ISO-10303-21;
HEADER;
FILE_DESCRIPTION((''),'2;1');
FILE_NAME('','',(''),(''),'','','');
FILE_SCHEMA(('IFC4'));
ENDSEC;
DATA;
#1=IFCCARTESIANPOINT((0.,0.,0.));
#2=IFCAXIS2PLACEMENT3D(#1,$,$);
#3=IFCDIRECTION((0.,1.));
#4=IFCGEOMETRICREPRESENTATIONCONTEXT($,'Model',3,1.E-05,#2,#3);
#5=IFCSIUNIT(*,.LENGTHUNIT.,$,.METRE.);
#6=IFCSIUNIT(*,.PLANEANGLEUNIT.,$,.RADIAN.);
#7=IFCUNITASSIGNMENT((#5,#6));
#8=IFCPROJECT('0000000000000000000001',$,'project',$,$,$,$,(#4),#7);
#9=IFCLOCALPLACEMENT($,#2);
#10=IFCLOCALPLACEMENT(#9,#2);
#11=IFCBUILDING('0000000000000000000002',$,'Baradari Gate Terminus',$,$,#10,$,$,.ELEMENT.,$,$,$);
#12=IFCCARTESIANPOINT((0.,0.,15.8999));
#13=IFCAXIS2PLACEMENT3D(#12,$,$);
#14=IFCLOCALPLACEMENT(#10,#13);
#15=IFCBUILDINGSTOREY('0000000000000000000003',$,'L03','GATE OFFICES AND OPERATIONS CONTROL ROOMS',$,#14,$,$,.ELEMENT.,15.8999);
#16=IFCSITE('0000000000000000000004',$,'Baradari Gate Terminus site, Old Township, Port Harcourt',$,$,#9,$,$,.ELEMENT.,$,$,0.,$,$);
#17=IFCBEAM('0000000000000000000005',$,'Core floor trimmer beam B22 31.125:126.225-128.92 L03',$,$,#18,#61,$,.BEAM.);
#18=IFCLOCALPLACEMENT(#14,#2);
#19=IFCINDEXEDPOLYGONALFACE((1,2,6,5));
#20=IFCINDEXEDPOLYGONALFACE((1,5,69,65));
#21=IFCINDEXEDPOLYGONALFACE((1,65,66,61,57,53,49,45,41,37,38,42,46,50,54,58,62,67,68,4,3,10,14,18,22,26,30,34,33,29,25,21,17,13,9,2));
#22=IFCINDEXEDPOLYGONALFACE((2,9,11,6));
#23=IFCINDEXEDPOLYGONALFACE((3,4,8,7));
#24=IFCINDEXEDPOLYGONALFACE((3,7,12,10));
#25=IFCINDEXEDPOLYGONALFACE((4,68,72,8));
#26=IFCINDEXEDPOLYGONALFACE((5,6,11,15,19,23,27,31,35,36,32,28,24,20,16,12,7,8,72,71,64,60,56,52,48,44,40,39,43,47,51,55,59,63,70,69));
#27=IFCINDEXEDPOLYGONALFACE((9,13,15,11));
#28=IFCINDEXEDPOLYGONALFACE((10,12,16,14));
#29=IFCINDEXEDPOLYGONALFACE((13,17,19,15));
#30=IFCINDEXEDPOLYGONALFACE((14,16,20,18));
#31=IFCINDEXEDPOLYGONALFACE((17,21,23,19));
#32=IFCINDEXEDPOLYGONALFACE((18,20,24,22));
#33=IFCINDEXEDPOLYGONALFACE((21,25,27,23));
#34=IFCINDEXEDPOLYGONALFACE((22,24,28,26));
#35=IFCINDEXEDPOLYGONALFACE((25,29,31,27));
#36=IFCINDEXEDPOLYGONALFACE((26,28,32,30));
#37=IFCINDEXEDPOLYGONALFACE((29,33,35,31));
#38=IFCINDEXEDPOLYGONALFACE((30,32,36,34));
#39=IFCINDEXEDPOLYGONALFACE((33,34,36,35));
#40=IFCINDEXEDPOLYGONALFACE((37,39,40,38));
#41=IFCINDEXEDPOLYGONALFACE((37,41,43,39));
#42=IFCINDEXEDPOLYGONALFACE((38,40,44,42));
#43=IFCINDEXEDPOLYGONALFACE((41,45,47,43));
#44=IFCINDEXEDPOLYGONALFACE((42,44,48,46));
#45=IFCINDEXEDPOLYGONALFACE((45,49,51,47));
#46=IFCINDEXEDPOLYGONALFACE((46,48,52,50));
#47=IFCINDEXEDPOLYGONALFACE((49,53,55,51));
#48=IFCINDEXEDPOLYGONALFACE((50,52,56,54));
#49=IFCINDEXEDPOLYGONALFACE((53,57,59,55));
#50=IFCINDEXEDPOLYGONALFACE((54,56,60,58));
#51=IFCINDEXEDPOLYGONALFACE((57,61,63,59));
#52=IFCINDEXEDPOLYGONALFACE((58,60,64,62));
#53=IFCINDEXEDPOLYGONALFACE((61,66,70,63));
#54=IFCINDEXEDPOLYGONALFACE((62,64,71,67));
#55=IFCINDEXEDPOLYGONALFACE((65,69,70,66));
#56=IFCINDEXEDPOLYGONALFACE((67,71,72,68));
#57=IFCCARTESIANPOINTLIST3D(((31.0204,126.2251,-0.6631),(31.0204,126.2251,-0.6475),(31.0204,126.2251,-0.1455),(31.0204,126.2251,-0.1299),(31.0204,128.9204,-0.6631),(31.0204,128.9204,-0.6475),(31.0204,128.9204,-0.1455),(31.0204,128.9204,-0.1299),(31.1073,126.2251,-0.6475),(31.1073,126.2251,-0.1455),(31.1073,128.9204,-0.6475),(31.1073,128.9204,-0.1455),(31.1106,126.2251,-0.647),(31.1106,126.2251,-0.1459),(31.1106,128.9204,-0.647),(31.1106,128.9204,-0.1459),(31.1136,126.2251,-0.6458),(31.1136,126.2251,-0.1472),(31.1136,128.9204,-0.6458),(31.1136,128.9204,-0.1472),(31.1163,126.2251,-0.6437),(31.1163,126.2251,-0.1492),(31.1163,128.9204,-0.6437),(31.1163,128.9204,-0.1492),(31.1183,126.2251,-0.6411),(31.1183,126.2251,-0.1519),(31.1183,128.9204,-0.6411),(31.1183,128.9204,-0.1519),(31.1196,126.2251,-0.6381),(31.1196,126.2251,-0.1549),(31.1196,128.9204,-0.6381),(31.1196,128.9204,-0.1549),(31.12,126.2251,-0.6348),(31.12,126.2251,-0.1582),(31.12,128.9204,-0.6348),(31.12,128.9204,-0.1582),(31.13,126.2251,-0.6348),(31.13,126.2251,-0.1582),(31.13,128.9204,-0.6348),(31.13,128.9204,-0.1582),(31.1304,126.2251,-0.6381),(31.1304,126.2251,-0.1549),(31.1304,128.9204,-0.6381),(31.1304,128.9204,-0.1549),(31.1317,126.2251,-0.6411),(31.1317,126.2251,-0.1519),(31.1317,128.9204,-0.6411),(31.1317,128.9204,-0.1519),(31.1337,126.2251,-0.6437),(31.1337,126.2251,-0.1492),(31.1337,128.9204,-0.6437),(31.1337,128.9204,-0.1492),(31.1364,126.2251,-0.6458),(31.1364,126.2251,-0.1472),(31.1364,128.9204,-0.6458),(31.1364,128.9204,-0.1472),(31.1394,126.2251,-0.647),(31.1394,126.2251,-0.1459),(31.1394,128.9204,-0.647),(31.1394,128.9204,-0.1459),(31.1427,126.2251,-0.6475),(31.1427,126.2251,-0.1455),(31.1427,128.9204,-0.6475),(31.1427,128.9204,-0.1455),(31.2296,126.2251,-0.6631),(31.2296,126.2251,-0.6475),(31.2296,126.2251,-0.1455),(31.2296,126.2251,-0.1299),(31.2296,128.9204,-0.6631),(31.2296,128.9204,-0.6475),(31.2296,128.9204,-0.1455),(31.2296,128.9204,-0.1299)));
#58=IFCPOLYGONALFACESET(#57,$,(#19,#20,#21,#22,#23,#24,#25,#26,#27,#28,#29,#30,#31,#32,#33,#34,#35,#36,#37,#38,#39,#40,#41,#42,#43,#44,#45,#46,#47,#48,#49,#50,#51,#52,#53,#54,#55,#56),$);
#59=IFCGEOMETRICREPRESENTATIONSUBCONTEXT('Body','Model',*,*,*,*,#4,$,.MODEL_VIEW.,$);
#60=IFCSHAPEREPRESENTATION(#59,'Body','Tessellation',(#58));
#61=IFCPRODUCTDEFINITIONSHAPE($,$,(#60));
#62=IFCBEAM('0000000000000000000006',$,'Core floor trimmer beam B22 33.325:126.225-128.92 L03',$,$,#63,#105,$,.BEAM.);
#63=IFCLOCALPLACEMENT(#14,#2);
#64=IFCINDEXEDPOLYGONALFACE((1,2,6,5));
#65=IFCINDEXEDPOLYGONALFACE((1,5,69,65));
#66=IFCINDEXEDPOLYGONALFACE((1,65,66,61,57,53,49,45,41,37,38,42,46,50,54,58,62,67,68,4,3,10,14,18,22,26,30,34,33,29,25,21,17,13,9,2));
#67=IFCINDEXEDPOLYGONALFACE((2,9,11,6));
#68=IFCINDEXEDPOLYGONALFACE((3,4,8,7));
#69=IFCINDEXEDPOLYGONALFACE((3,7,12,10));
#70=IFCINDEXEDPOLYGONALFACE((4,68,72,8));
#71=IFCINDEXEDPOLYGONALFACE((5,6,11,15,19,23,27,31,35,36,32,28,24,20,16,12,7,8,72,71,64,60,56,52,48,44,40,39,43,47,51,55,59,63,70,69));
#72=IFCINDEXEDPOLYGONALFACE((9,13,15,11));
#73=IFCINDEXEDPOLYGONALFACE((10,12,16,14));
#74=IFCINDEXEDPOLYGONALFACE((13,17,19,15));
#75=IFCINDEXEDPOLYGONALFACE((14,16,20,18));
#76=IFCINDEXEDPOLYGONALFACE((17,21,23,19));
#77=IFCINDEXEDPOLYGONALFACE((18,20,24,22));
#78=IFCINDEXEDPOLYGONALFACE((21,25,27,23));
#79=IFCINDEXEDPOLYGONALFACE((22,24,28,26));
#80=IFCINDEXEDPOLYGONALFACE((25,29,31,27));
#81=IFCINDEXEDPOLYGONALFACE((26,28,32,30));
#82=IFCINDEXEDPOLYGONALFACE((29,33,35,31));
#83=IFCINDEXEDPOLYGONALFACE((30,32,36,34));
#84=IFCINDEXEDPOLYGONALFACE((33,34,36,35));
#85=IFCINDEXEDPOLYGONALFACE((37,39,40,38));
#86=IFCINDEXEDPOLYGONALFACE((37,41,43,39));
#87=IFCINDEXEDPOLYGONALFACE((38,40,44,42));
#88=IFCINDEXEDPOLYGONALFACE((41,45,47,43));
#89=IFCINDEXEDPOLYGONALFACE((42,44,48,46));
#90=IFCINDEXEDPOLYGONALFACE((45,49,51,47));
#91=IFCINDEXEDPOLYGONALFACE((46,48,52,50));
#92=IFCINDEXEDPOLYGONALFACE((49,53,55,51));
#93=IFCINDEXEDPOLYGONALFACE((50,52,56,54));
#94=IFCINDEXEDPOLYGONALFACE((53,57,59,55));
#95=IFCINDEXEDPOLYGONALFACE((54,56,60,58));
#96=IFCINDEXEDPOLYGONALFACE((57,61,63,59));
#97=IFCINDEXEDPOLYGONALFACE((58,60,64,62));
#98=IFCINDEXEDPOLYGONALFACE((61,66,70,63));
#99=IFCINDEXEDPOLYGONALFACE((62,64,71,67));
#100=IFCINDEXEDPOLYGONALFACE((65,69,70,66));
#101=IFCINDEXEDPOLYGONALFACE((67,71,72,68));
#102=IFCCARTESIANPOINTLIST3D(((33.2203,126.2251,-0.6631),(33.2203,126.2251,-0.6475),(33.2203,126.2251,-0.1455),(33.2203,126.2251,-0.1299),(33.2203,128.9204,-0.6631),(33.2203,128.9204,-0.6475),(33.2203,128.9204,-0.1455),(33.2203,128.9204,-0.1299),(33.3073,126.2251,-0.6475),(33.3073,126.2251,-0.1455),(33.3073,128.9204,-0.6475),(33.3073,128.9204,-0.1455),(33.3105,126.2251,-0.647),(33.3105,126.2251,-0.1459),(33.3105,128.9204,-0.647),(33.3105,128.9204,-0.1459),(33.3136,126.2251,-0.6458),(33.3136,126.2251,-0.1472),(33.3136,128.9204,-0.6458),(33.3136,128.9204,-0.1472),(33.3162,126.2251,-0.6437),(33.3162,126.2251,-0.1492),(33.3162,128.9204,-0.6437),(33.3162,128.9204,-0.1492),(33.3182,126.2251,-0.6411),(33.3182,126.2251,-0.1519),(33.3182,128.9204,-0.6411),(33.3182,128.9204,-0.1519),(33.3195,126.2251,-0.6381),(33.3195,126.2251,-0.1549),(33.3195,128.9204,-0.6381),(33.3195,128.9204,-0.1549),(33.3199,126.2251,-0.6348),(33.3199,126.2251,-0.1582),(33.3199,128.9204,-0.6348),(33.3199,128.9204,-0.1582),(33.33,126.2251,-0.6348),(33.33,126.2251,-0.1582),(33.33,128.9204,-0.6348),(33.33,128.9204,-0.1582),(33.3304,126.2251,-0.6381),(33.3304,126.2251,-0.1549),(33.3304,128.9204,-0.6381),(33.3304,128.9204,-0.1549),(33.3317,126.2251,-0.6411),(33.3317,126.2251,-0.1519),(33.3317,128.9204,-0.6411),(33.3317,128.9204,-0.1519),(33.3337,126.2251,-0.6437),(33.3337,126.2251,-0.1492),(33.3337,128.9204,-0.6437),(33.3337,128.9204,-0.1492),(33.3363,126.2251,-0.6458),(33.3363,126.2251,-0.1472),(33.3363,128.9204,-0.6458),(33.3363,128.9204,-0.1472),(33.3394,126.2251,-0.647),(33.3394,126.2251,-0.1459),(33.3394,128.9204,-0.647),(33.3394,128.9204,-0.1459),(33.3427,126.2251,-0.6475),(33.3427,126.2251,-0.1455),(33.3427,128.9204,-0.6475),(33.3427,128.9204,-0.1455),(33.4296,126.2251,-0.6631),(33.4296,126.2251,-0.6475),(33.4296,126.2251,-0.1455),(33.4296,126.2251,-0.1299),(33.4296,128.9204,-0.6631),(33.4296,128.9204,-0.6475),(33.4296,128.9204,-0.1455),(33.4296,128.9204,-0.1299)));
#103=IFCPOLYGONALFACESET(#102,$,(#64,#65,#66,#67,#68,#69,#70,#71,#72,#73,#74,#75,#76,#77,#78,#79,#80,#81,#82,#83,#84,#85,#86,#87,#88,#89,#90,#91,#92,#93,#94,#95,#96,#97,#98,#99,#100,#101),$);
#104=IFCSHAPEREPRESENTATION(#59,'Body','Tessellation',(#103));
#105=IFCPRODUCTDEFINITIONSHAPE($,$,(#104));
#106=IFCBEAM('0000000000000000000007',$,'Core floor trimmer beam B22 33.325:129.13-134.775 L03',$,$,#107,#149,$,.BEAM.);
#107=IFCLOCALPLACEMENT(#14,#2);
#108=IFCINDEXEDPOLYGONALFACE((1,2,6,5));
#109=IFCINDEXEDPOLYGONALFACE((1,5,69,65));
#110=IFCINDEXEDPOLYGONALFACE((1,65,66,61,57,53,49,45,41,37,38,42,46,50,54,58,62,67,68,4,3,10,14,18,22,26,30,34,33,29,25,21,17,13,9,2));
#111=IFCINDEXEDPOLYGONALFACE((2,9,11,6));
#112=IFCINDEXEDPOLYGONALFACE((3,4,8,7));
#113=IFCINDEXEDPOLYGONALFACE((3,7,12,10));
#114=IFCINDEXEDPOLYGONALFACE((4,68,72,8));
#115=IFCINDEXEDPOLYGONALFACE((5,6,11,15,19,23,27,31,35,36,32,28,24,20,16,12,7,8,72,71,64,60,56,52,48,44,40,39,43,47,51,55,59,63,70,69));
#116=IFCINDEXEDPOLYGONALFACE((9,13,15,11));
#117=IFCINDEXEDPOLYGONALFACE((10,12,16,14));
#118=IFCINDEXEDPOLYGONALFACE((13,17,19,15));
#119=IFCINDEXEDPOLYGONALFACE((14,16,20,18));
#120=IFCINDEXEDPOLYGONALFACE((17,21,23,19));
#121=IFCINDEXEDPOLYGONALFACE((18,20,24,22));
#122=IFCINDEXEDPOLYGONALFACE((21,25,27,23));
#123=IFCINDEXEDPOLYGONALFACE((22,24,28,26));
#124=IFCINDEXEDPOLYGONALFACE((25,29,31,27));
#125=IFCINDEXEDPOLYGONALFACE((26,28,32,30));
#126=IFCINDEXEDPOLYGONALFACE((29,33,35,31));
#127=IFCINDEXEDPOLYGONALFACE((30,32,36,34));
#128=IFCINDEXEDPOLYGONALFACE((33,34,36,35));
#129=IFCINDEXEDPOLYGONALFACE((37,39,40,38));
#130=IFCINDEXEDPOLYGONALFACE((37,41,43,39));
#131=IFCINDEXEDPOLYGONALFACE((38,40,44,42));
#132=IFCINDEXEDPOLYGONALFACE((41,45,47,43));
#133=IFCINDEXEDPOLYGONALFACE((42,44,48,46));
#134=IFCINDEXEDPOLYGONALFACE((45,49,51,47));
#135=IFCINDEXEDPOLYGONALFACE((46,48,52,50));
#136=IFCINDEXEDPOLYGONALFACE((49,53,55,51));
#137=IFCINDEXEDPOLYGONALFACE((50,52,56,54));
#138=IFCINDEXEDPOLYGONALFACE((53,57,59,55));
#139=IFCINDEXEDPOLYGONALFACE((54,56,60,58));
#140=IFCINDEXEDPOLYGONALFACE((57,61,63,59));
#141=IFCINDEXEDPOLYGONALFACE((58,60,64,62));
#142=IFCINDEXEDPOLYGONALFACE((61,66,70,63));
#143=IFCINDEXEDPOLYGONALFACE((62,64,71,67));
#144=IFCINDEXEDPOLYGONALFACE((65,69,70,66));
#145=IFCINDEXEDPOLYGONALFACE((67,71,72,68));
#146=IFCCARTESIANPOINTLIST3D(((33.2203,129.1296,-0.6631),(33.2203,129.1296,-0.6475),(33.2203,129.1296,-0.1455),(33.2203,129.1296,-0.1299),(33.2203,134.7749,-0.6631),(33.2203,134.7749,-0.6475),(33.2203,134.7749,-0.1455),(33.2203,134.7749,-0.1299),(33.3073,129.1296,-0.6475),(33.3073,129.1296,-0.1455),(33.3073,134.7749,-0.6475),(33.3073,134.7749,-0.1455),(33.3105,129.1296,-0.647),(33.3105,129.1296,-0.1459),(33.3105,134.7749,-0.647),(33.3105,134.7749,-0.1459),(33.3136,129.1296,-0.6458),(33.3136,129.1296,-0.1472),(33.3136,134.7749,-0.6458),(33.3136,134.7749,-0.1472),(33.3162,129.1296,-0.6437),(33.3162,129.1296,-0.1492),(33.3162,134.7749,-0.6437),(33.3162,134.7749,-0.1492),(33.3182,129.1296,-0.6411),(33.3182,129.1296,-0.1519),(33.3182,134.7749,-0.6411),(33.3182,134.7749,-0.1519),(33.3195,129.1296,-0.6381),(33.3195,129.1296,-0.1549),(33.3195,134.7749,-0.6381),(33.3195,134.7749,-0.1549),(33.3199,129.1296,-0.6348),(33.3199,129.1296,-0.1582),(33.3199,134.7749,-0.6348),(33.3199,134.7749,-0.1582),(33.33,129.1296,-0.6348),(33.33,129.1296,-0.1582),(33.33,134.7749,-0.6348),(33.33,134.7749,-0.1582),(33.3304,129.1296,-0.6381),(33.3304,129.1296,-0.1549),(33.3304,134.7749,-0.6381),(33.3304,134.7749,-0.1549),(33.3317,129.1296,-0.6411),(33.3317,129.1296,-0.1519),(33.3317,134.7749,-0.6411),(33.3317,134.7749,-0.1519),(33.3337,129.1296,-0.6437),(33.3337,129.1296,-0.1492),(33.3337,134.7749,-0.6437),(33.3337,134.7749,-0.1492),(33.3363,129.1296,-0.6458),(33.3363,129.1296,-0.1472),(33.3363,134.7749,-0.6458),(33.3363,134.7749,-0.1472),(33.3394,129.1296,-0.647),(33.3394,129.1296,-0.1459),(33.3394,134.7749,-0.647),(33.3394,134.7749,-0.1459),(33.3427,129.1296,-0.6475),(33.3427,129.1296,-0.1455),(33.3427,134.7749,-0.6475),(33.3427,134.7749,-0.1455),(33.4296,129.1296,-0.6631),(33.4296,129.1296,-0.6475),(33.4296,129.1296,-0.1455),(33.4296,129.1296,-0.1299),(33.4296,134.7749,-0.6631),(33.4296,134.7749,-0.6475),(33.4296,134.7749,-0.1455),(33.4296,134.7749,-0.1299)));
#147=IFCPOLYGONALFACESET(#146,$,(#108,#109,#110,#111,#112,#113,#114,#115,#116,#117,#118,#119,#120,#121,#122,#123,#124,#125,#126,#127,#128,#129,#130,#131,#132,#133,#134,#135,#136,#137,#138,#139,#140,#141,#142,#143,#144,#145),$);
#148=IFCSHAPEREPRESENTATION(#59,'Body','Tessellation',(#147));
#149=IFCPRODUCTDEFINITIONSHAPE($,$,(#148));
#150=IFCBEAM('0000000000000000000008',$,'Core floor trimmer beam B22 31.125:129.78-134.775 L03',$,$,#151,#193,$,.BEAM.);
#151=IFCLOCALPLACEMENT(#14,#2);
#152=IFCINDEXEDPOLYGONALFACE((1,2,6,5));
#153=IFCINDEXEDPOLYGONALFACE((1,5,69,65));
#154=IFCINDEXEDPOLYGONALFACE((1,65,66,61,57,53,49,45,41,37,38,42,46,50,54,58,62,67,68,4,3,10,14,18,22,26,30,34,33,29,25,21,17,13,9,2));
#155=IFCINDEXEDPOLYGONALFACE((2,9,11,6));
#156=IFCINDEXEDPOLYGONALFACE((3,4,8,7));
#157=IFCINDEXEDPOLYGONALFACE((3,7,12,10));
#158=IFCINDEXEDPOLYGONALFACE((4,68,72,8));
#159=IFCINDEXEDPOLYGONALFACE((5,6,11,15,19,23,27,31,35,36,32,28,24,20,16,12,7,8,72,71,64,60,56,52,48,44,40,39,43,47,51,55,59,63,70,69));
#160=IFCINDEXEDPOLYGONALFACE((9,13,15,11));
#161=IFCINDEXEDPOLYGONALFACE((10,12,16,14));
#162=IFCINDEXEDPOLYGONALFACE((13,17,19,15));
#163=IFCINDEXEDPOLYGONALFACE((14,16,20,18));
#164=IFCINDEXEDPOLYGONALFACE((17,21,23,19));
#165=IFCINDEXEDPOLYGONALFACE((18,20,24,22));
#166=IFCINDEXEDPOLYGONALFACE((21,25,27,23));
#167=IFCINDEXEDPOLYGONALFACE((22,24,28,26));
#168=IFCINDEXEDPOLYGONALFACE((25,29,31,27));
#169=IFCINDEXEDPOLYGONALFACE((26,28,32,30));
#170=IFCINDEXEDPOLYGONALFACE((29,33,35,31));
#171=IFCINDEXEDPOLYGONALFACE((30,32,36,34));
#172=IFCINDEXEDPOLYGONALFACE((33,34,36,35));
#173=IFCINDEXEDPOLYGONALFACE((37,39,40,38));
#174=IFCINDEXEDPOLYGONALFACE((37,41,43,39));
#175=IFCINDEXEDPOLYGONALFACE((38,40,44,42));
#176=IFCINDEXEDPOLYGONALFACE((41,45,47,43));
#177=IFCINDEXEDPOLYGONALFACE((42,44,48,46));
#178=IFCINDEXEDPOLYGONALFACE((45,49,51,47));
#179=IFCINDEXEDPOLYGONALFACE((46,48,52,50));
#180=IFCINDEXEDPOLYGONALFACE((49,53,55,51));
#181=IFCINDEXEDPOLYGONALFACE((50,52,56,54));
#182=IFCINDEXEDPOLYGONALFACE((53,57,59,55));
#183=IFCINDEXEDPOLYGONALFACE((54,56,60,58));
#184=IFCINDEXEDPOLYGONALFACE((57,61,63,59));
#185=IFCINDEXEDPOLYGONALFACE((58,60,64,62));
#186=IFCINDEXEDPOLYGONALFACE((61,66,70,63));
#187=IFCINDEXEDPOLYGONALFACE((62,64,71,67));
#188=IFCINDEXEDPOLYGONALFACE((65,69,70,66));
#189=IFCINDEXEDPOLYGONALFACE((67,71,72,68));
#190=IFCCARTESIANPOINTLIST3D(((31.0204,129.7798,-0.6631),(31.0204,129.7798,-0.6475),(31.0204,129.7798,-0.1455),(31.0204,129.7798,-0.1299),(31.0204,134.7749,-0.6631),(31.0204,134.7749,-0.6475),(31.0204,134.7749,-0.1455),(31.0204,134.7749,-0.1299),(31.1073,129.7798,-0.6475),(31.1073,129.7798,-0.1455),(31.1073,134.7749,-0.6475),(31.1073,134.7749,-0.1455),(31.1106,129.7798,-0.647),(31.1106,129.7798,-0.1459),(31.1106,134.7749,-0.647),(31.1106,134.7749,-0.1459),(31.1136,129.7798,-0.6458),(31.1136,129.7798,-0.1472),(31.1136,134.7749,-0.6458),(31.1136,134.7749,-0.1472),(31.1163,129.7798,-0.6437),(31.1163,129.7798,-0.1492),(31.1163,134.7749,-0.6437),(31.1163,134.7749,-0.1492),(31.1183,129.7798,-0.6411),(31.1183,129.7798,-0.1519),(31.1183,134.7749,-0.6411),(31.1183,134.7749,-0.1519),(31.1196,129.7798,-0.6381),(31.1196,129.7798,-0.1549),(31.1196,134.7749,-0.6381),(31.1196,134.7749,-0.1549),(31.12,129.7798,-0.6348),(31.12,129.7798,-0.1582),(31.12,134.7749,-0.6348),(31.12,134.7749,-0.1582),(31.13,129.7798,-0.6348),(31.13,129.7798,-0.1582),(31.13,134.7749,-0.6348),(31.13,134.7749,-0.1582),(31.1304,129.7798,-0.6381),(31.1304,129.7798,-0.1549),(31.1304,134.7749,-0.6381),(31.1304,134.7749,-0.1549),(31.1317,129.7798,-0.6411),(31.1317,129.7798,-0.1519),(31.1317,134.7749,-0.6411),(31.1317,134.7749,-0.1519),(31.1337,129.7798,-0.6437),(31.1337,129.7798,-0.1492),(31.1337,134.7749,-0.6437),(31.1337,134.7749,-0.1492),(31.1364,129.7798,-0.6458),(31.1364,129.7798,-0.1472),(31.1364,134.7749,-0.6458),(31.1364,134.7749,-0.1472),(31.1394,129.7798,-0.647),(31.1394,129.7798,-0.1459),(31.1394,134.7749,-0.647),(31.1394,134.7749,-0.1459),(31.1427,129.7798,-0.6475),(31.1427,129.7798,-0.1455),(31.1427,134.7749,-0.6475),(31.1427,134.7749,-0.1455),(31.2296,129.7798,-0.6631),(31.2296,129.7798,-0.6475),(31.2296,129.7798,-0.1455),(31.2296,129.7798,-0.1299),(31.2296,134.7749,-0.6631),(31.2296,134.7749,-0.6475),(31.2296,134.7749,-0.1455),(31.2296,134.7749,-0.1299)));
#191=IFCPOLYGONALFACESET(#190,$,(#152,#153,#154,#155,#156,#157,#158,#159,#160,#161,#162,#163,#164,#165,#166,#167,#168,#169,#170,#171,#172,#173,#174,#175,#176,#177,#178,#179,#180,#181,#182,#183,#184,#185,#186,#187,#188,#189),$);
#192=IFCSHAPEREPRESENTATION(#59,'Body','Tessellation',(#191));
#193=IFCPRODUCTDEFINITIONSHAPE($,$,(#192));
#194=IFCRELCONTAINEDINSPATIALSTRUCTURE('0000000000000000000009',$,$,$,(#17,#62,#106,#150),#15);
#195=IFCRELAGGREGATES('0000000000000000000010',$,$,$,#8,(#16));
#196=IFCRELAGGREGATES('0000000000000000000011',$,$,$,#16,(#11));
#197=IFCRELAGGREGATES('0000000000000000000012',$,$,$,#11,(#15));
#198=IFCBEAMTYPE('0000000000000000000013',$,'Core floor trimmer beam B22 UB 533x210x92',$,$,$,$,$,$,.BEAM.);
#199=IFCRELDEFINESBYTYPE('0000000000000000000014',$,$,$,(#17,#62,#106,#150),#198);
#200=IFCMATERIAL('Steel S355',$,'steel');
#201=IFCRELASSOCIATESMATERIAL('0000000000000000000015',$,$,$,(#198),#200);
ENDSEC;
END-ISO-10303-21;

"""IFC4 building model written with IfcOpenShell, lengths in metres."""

from ifc_helpers import new_model, si_unit, direction, frame, origin, origin_2d, place, context, subcontext, project, spatial, i_section, extrude, material, material_profile, profile_set, type_object, element, save


model = new_model("IFC4")

# Units and contexts
model_context = context("Model", 3, precision=1e-05, world=origin(), true_north=direction((0.0, 1.0)))
body_context = subcontext(model_context, "Body", "Model", "MODEL_VIEW")
ifc_project = project(units=[si_unit("LENGTHUNIT", "METRE"), si_unit("PLANEANGLEUNIT", "RADIAN")], contexts=[model_context])

# Site, building, storey
site_placement = place(None, origin())
site = spatial("IfcSite", under=ifc_project, at=site_placement, Name="Baradari Gate Terminus site, Old Township, Port Harcourt", CompositionType="ELEMENT", RefElevation=0.0)
building_placement = place(site_placement, origin())
building = spatial("IfcBuilding", under=site, at=building_placement, Name="Baradari Gate Terminus", CompositionType="ELEMENT")
storey_placement = place(building_placement, frame((0.0, 0.0, 15.8999)))
storey = spatial("IfcBuildingStorey", under=building, at=storey_placement, Name="L03", Description="GATE OFFICES AND OPERATIONS CONTROL ROOMS", CompositionType="ELEMENT", Elevation=15.8999)

# Beams
ifc_material_1 = material(Name="Steel S355", Category="steel")
ifc_material_profile_1 = material_profile(ifc_material_1, i_section(OverallWidth=0.2092, OverallDepth=0.5332, WebThickness=0.01, FlangeThickness=0.0156, FilletRadius=0.0127, at=origin_2d()), Name="UB 533x210x92")
ifc_profile_set_1 = profile_set([ifc_material_profile_1], Name="Steel S355")
beam_type_1 = type_object("IfcBeamType", Name="Core floor trimmer beam B22 UB 533x210x92", PredefinedType="BEAM", material=ifc_profile_set_1)
for number, where, z_axis, x_axis, name in (
    (1, (31.125, 126.2251, -0.3965), (0.0, 1.0, 0.0), (-1.0, 0.0, 0.0), "Core floor trimmer beam B22 31.125:126.225-128.92 L03"),
    (2, (33.325, 126.2251, -0.3965), (0.0, 1.0, 0.0), (-1.0, 0.0, 0.0), "Core floor trimmer beam B22 33.325:126.225-128.92 L03"),
):
    element("IfcBeam", number, at=place(storey_placement, frame(where, z_axis=z_axis, x_axis=x_axis)), inside=storey, type_object=beam_type_1, Name=name, PredefinedType="BEAM", context=body_context, shape_type="SweptSolid", body=[
        extrude(i_section(OverallWidth=0.2092, OverallDepth=0.5332, WebThickness=0.01, FlangeThickness=0.0156, FilletRadius=0.0127, at=origin_2d()), origin(), (0.0, 0.0, 1.0), 2.6953),
    ])
beam_1_placement = place(storey_placement, frame((33.325, 129.1296, -0.3965), z_axis=(0.0, 1.0, 0.0), x_axis=(-1.0, 0.0, 0.0)))
element("IfcBeam", 3, at=beam_1_placement, inside=storey, type_object=beam_type_1, Name="Core floor trimmer beam B22 33.325:129.13-134.775 L03", PredefinedType="BEAM", context=body_context, shape_type="SweptSolid", body=[
    extrude(i_section(OverallWidth=0.2092, OverallDepth=0.5332, WebThickness=0.01, FlangeThickness=0.0156, FilletRadius=0.0127, at=origin_2d()), origin(), (0.0, 0.0, 1.0), 5.6453),
])
beam_2_placement = place(storey_placement, frame((31.125, 129.7798, -0.3965), z_axis=(0.0, 1.0, 0.0), x_axis=(-1.0, 0.0, 0.0)))
element("IfcBeam", 4, at=beam_2_placement, inside=storey, type_object=beam_type_1, Name="Core floor trimmer beam B22 31.125:129.78-134.775 L03", PredefinedType="BEAM", context=body_context, shape_type="SweptSolid", body=[
    extrude(i_section(OverallWidth=0.2092, OverallDepth=0.5332, WebThickness=0.01, FlangeThickness=0.0156, FilletRadius=0.0127, at=origin_2d()), origin(), (0.0, 0.0, 1.0), 4.9951),
])

save(model, "model.ifc")
